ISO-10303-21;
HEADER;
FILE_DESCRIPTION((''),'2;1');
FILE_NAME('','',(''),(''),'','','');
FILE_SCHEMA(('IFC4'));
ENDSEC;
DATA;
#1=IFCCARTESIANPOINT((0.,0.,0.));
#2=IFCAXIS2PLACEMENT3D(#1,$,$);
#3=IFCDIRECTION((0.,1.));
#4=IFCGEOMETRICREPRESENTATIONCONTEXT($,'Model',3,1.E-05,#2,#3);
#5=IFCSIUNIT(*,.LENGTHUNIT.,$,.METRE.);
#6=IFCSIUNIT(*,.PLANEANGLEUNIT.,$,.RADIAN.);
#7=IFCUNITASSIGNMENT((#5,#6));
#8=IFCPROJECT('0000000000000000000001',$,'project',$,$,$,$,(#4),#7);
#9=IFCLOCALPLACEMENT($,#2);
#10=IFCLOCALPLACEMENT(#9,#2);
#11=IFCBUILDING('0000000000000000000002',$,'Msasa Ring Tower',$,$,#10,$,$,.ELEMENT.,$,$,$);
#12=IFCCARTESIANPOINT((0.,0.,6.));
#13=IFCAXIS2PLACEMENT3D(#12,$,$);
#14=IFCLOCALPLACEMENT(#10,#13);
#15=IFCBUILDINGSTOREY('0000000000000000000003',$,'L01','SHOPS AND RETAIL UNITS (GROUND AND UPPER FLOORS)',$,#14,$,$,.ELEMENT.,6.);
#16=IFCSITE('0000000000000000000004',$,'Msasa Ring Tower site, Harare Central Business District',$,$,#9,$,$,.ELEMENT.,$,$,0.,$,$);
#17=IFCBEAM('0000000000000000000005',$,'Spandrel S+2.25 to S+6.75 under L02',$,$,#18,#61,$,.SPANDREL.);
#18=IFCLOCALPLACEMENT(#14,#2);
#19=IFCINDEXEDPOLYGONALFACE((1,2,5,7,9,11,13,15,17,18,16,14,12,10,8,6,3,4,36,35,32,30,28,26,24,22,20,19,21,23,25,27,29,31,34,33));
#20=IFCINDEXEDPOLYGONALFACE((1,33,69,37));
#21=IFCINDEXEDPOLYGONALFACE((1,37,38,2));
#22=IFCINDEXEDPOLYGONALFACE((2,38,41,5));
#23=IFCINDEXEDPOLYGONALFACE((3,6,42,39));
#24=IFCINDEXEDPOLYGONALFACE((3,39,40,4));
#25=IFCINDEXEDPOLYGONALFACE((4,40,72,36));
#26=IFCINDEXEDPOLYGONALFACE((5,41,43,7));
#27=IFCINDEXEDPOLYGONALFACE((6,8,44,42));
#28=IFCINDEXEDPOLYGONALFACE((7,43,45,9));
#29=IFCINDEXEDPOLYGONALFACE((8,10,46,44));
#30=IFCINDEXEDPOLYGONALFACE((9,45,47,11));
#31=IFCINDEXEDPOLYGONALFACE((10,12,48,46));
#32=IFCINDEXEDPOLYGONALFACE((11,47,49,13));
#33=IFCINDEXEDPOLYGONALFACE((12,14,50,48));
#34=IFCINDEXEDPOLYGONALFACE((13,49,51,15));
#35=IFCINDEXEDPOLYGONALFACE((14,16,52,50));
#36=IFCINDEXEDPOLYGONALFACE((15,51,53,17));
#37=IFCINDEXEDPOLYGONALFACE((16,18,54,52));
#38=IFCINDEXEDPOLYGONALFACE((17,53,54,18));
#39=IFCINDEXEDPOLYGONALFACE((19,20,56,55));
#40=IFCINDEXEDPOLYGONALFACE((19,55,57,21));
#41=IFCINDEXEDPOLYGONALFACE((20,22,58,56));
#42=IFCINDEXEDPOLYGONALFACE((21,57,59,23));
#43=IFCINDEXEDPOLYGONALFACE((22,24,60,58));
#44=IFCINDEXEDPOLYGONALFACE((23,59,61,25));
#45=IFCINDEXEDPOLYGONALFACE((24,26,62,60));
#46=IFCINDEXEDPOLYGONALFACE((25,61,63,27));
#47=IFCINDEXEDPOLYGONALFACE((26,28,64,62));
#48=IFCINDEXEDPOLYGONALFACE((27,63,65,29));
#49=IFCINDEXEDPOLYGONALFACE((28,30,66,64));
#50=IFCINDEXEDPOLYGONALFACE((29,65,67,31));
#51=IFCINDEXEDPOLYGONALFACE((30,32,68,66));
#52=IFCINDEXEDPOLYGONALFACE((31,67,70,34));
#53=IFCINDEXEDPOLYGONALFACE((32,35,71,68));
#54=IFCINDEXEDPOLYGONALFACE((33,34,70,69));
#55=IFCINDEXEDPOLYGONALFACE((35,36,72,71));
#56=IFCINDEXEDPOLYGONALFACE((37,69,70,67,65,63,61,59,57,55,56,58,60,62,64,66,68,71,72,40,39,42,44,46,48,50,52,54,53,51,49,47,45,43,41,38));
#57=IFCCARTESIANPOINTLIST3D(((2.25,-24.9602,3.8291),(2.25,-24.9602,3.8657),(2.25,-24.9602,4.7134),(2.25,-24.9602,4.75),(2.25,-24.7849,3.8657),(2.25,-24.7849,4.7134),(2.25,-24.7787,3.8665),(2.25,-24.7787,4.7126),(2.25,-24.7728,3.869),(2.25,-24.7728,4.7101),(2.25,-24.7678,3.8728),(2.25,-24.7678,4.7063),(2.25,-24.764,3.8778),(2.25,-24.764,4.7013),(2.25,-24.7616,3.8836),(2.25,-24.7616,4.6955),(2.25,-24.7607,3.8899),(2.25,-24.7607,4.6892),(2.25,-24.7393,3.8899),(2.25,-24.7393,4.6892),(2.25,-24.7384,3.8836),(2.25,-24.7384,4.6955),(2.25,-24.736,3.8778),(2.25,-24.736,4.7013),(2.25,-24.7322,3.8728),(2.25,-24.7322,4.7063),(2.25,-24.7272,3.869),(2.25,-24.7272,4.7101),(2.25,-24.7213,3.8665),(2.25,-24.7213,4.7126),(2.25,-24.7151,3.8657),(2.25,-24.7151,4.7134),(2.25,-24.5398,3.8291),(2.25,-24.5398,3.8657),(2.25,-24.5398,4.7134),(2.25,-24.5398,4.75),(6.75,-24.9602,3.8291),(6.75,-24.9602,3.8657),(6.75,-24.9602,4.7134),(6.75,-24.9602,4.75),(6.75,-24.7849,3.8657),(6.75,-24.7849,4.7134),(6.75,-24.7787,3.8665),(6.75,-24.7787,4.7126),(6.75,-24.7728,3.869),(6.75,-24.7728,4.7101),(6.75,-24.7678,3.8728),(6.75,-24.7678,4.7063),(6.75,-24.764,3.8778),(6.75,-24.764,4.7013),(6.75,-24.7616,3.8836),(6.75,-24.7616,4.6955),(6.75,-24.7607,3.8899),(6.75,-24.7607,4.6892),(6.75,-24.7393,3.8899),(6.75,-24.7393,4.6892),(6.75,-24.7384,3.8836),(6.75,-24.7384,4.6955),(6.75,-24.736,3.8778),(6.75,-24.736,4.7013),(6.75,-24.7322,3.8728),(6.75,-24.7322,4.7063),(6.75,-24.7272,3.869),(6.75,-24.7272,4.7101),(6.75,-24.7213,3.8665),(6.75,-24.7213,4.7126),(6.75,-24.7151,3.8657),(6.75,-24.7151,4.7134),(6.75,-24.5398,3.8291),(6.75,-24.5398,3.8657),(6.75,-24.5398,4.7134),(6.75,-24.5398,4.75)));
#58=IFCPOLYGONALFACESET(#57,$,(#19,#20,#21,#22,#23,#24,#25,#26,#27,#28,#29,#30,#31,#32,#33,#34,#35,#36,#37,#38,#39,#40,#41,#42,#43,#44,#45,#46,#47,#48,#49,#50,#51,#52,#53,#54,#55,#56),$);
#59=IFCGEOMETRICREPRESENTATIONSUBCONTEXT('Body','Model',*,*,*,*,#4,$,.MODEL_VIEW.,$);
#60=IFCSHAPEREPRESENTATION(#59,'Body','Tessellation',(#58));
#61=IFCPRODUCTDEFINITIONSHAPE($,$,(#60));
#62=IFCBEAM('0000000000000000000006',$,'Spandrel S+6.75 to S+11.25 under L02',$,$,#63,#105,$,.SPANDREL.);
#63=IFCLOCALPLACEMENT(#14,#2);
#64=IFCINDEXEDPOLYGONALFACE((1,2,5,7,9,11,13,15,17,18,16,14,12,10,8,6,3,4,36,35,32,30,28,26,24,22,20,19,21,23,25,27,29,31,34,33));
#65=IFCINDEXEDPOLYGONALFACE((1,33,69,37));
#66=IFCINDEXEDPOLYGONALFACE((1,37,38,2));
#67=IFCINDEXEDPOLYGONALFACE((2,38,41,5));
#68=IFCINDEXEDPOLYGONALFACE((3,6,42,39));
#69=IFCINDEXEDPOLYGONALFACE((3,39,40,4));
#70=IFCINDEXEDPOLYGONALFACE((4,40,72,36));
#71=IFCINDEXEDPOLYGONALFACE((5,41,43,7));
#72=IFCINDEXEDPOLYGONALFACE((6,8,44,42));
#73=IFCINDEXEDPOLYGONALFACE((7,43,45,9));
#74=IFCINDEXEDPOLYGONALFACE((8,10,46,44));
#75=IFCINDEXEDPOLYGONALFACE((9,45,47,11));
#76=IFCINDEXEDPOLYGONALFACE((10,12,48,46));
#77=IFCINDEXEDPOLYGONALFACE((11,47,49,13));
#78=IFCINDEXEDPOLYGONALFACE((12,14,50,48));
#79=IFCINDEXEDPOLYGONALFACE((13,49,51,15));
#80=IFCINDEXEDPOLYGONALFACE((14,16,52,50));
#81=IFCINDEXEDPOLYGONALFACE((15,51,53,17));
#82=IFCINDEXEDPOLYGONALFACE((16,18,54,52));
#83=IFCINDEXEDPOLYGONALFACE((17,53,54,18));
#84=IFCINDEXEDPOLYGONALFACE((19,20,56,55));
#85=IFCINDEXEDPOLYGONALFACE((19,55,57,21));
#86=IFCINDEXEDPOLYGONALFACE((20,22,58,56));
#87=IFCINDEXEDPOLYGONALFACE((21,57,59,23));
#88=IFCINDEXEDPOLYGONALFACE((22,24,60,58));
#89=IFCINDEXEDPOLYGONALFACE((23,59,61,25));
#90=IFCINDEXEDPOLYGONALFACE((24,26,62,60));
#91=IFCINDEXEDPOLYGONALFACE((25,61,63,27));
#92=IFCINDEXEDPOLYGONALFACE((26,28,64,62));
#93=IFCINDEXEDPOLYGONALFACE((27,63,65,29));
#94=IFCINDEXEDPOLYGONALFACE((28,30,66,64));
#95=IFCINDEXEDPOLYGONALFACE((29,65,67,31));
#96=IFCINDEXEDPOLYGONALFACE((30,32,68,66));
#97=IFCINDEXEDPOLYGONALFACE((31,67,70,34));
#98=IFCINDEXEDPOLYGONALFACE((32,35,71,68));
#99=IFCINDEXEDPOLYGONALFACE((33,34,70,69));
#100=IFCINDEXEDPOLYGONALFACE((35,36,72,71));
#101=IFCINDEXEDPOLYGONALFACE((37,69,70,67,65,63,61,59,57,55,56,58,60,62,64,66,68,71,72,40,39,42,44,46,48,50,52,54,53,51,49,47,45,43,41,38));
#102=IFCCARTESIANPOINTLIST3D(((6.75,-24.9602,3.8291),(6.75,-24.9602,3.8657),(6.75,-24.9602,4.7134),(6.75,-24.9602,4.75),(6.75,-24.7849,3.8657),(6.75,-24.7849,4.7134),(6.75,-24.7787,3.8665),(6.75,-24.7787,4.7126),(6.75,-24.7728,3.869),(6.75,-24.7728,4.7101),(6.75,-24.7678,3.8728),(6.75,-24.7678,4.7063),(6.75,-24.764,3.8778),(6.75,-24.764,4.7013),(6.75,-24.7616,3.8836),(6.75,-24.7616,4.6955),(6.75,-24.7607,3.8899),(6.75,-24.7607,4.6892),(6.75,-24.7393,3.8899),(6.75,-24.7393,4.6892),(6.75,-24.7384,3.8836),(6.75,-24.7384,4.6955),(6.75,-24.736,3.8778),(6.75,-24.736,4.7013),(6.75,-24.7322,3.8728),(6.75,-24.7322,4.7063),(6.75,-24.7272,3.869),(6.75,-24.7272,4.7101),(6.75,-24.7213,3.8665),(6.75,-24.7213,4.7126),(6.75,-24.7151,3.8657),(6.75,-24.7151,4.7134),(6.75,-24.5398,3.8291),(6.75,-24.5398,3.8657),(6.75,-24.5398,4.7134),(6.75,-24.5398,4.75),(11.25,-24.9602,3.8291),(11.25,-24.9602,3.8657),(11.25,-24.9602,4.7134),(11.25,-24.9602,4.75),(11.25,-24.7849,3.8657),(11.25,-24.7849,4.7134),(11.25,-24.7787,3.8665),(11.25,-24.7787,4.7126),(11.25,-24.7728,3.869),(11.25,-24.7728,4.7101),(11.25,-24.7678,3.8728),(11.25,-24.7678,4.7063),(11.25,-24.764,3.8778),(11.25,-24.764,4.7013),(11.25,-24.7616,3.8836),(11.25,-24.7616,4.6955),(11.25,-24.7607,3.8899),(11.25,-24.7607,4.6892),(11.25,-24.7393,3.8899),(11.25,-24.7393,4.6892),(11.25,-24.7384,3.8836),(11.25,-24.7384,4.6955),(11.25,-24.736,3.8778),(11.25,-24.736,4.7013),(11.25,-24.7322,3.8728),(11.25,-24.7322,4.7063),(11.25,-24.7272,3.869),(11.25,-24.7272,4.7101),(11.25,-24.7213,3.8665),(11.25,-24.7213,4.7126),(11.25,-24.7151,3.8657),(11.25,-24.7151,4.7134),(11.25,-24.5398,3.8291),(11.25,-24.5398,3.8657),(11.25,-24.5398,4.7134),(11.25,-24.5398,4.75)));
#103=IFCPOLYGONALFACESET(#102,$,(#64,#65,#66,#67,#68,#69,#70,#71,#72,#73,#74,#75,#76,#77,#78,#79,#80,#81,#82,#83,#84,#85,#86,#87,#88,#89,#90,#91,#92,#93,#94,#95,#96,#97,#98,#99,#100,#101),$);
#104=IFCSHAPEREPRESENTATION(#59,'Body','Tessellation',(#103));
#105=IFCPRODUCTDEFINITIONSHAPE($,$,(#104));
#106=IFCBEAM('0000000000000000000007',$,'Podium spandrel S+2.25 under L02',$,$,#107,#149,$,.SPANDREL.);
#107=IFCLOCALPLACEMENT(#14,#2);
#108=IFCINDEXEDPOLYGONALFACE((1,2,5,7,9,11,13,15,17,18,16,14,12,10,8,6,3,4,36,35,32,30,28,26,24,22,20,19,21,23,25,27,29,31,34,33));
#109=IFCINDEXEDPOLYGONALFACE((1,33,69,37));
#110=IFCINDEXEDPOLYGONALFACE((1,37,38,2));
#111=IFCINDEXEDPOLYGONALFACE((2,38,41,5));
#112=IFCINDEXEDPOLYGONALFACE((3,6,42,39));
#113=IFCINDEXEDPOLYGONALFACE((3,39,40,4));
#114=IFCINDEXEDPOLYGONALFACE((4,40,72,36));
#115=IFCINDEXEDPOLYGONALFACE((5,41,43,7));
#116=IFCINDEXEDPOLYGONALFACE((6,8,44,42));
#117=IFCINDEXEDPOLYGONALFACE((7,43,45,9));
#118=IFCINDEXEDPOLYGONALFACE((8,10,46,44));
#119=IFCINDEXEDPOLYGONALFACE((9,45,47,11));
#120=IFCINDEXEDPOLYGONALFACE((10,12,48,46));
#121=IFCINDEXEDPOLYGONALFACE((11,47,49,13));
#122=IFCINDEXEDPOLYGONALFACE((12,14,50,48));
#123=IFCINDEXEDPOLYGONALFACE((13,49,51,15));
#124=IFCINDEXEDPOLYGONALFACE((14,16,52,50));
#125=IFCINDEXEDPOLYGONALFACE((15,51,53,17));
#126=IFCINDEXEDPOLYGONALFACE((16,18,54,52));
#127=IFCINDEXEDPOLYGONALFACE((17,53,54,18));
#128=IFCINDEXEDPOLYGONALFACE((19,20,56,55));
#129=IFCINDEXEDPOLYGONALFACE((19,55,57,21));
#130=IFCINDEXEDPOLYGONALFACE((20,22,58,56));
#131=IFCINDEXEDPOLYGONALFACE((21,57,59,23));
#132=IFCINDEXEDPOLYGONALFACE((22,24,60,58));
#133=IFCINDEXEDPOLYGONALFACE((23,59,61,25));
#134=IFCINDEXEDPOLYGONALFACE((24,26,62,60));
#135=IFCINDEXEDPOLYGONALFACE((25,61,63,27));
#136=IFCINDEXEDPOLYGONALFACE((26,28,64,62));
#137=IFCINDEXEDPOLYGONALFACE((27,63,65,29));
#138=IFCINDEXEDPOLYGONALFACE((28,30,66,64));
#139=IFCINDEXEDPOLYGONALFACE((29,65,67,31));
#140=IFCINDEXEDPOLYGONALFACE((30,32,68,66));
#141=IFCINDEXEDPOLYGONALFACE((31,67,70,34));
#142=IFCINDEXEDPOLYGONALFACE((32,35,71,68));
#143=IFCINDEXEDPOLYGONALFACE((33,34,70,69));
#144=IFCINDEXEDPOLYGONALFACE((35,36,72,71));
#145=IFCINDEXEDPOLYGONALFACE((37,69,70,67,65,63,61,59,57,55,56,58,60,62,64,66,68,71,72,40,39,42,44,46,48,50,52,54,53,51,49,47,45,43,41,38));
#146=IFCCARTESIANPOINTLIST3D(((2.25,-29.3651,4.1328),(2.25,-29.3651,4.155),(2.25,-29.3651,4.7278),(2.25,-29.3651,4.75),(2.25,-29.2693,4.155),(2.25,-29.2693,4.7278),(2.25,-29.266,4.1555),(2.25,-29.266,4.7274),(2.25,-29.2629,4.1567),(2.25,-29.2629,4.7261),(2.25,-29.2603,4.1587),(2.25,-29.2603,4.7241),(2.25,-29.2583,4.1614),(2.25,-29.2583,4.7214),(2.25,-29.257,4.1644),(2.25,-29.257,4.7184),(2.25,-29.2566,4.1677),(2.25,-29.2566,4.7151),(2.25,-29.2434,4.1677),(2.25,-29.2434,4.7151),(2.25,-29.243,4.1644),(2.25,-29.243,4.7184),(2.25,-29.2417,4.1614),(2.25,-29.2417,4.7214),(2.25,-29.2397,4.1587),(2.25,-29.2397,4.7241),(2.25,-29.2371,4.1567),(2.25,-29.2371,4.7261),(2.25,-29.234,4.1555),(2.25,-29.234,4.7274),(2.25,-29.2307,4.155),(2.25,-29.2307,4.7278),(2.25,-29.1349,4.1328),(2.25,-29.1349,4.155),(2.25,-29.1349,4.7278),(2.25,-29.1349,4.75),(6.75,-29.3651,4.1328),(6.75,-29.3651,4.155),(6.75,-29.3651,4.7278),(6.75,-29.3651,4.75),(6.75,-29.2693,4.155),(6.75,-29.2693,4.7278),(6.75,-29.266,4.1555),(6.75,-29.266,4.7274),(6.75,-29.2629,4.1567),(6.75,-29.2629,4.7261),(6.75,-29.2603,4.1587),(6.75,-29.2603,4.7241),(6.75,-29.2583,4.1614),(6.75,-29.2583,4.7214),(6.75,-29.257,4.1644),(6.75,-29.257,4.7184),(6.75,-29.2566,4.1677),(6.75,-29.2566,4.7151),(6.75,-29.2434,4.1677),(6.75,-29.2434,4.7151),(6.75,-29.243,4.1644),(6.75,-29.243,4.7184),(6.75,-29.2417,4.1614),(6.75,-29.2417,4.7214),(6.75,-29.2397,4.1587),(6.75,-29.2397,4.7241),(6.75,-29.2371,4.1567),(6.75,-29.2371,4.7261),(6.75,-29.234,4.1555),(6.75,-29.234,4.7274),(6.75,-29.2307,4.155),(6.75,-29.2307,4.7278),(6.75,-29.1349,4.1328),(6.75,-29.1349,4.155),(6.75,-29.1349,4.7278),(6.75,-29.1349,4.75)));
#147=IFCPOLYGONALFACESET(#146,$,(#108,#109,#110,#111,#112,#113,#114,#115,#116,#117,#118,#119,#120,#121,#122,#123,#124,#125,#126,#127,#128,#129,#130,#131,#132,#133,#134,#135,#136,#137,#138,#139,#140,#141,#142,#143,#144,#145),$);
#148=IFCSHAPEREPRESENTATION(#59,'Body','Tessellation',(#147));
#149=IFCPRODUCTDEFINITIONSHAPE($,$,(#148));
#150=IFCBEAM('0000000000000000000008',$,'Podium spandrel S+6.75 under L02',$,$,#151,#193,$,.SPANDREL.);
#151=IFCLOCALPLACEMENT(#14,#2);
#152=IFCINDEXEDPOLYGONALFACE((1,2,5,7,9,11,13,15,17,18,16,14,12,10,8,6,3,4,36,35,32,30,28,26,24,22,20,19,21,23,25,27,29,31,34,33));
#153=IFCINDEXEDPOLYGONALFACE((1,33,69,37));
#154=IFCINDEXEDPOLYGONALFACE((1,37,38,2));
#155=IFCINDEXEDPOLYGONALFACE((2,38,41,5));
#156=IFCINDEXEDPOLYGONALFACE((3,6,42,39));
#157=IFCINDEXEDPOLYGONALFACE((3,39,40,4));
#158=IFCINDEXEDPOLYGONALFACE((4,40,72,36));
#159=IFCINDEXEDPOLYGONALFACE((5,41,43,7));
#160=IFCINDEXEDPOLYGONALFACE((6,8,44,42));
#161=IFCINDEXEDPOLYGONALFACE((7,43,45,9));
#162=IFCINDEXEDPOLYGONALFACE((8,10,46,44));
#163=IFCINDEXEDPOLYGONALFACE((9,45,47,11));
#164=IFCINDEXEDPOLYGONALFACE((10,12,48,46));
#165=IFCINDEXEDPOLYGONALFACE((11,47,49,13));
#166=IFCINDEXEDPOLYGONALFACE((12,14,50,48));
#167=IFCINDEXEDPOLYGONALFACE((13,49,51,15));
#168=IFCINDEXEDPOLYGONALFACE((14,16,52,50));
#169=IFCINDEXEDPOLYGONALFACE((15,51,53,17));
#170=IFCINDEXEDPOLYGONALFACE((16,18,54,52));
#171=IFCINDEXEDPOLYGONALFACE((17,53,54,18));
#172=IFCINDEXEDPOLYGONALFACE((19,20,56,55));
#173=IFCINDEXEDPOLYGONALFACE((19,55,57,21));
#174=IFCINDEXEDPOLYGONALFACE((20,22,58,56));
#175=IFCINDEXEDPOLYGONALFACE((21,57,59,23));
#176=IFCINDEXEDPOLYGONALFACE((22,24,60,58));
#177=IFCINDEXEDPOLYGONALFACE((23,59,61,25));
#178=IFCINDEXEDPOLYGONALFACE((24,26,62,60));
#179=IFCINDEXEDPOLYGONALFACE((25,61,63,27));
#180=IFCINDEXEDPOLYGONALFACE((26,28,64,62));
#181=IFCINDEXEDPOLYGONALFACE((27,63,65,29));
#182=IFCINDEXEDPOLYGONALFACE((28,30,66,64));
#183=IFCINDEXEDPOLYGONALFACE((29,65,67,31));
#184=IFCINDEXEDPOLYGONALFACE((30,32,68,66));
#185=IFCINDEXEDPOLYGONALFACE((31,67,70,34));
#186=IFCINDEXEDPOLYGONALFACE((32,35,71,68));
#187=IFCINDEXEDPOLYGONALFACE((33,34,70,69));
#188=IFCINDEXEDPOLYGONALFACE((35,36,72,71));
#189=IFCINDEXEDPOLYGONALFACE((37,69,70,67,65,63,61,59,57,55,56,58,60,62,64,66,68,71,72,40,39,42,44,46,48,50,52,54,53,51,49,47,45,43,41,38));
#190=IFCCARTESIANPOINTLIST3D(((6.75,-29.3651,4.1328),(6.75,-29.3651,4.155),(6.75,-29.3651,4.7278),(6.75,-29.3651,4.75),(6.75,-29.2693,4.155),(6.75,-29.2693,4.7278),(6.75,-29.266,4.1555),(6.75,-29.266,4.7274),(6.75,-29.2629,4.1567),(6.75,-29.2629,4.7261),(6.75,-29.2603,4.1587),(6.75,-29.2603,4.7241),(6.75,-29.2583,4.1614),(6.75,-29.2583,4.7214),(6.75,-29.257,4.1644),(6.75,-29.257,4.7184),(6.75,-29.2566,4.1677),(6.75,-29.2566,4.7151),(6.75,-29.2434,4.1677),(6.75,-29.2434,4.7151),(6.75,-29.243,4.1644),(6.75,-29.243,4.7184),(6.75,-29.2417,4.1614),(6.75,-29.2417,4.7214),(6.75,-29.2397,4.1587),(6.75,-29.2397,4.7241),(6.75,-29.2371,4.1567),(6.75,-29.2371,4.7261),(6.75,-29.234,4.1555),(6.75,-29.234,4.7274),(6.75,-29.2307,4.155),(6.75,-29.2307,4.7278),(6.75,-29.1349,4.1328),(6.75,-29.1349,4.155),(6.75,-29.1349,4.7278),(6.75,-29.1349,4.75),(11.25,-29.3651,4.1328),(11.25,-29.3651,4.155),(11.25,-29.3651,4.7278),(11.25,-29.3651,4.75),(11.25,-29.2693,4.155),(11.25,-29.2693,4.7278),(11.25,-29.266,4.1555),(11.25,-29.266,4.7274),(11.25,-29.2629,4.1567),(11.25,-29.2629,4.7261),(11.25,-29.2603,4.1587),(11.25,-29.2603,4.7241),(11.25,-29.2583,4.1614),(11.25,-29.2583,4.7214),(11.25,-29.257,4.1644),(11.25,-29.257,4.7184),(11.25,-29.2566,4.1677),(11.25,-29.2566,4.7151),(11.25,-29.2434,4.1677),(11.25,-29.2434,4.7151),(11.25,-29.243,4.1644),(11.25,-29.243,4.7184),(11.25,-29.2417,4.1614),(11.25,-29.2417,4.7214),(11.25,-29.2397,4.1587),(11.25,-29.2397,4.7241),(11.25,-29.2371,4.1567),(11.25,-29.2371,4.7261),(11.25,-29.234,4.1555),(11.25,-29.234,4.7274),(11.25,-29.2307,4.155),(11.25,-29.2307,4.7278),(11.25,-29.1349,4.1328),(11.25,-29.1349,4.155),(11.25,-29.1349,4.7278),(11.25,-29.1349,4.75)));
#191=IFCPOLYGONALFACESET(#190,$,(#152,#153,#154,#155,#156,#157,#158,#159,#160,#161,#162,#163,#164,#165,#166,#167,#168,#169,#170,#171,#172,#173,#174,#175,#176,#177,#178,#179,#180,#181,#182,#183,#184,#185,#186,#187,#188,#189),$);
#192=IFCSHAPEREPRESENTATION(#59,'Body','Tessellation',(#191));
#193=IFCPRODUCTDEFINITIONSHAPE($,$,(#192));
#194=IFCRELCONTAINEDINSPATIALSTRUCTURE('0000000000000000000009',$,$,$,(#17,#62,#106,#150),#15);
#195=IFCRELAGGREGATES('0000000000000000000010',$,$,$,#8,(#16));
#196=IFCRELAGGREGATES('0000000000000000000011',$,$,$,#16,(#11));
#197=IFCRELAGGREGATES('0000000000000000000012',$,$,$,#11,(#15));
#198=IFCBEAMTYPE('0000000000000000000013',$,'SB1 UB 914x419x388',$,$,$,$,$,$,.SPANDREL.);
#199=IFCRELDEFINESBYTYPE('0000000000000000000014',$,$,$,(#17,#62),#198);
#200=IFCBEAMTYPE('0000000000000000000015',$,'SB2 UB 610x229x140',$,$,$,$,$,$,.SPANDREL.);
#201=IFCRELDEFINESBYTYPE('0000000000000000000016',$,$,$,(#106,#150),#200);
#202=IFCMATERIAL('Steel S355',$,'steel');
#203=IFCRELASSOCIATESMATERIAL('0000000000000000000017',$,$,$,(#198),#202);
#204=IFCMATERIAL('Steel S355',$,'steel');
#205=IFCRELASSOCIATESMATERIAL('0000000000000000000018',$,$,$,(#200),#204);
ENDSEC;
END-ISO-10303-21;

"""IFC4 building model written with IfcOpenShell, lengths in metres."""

from ifc_helpers import new_model, si_unit, direction, frame, origin, origin_2d, place, context, subcontext, project, spatial, i_section, extrude, material, material_profile, profile_set, type_object, element, save


model = new_model("IFC4")

# Units and contexts
model_context = context("Model", 3, precision=1e-05, world=origin(), true_north=direction((0.0, 1.0)))
body_context = subcontext(model_context, "Body", "Model", "MODEL_VIEW")
ifc_project = project(units=[si_unit("LENGTHUNIT", "METRE"), si_unit("PLANEANGLEUNIT", "RADIAN")], contexts=[model_context])

# Site, building, storey
site_placement = place(None, origin())
site = spatial("IfcSite", under=ifc_project, at=site_placement, Name="Msasa Ring Tower site, Harare Central Business District", CompositionType="ELEMENT", RefElevation=0.0)
building_placement = place(site_placement, origin())
building = spatial("IfcBuilding", under=site, at=building_placement, Name="Msasa Ring Tower", CompositionType="ELEMENT")
storey_placement = place(building_placement, frame((0.0, 0.0, 6.0)))
storey = spatial("IfcBuildingStorey", under=building, at=storey_placement, Name="L01", Description="SHOPS AND RETAIL UNITS (GROUND AND UPPER FLOORS)", CompositionType="ELEMENT", Elevation=6.0)

# Beams
ifc_material_1 = material(Name="Steel S355", Category="steel")
ifc_material_profile_1 = material_profile(ifc_material_1, i_section(OverallWidth=0.4204, OverallDepth=0.9209, WebThickness=0.0215, FlangeThickness=0.0366, FilletRadius=0.0242, at=origin_2d()), Name="UB 914x419x388")
ifc_profile_set_1 = profile_set([ifc_material_profile_1], Name="Steel S355")
beam_type_1 = type_object("IfcBeamType", Name="SB1 UB 914x419x388", PredefinedType="SPANDREL", material=ifc_profile_set_1)
for number, where, z_axis, x_axis, name in (
    (1, (2.25, -24.75, 4.2896), (1.0, 0.0, 0.0), (0.0, 1.0, 0.0), "Spandrel S+2.25 to S+6.75 under L02"),
    (2, (6.75, -24.75, 4.2896), (1.0, 0.0, 0.0), (0.0, 1.0, 0.0), "Spandrel S+6.75 to S+11.25 under L02"),
):
    element("IfcBeam", number, at=place(storey_placement, frame(where, z_axis=z_axis, x_axis=x_axis)), inside=storey, type_object=beam_type_1, Name=name, PredefinedType="SPANDREL", context=body_context, shape_type="SweptSolid", body=[
        extrude(i_section(OverallWidth=0.4204, OverallDepth=0.9209, WebThickness=0.0215, FlangeThickness=0.0366, FilletRadius=0.0242, at=origin_2d()), origin(), (0.0, 0.0, 1.0), 4.5),
    ])
ifc_material_2 = material(Name="Steel S355", Category="steel")
ifc_material_profile_2 = material_profile(ifc_material_2, i_section(OverallWidth=0.2302, OverallDepth=0.6172, WebThickness=0.0132, FlangeThickness=0.0222, FilletRadius=0.0127, at=origin_2d()), Name="UB 610x229x140")
ifc_profile_set_2 = profile_set([ifc_material_profile_2], Name="Steel S355")
beam_type_2 = type_object("IfcBeamType", Name="SB2 UB 610x229x140", PredefinedType="SPANDREL", material=ifc_profile_set_2)
for number, where, z_axis, x_axis, name in (
    (3, (2.25, -29.25, 4.4414), (1.0, 0.0, 0.0), (0.0, 1.0, 0.0), "Podium spandrel S+2.25 under L02"),
    (4, (6.75, -29.25, 4.4414), (1.0, 0.0, 0.0), (0.0, 1.0, 0.0), "Podium spandrel S+6.75 under L02"),
):
    element("IfcBeam", number, at=place(storey_placement, frame(where, z_axis=z_axis, x_axis=x_axis)), inside=storey, type_object=beam_type_2, Name=name, PredefinedType="SPANDREL", context=body_context, shape_type="SweptSolid", body=[
        extrude(i_section(OverallWidth=0.2302, OverallDepth=0.6172, WebThickness=0.0132, FlangeThickness=0.0222, FilletRadius=0.0127, at=origin_2d()), origin(), (0.0, 0.0, 1.0), 4.5),
    ])

save(model, "model.ifc")
